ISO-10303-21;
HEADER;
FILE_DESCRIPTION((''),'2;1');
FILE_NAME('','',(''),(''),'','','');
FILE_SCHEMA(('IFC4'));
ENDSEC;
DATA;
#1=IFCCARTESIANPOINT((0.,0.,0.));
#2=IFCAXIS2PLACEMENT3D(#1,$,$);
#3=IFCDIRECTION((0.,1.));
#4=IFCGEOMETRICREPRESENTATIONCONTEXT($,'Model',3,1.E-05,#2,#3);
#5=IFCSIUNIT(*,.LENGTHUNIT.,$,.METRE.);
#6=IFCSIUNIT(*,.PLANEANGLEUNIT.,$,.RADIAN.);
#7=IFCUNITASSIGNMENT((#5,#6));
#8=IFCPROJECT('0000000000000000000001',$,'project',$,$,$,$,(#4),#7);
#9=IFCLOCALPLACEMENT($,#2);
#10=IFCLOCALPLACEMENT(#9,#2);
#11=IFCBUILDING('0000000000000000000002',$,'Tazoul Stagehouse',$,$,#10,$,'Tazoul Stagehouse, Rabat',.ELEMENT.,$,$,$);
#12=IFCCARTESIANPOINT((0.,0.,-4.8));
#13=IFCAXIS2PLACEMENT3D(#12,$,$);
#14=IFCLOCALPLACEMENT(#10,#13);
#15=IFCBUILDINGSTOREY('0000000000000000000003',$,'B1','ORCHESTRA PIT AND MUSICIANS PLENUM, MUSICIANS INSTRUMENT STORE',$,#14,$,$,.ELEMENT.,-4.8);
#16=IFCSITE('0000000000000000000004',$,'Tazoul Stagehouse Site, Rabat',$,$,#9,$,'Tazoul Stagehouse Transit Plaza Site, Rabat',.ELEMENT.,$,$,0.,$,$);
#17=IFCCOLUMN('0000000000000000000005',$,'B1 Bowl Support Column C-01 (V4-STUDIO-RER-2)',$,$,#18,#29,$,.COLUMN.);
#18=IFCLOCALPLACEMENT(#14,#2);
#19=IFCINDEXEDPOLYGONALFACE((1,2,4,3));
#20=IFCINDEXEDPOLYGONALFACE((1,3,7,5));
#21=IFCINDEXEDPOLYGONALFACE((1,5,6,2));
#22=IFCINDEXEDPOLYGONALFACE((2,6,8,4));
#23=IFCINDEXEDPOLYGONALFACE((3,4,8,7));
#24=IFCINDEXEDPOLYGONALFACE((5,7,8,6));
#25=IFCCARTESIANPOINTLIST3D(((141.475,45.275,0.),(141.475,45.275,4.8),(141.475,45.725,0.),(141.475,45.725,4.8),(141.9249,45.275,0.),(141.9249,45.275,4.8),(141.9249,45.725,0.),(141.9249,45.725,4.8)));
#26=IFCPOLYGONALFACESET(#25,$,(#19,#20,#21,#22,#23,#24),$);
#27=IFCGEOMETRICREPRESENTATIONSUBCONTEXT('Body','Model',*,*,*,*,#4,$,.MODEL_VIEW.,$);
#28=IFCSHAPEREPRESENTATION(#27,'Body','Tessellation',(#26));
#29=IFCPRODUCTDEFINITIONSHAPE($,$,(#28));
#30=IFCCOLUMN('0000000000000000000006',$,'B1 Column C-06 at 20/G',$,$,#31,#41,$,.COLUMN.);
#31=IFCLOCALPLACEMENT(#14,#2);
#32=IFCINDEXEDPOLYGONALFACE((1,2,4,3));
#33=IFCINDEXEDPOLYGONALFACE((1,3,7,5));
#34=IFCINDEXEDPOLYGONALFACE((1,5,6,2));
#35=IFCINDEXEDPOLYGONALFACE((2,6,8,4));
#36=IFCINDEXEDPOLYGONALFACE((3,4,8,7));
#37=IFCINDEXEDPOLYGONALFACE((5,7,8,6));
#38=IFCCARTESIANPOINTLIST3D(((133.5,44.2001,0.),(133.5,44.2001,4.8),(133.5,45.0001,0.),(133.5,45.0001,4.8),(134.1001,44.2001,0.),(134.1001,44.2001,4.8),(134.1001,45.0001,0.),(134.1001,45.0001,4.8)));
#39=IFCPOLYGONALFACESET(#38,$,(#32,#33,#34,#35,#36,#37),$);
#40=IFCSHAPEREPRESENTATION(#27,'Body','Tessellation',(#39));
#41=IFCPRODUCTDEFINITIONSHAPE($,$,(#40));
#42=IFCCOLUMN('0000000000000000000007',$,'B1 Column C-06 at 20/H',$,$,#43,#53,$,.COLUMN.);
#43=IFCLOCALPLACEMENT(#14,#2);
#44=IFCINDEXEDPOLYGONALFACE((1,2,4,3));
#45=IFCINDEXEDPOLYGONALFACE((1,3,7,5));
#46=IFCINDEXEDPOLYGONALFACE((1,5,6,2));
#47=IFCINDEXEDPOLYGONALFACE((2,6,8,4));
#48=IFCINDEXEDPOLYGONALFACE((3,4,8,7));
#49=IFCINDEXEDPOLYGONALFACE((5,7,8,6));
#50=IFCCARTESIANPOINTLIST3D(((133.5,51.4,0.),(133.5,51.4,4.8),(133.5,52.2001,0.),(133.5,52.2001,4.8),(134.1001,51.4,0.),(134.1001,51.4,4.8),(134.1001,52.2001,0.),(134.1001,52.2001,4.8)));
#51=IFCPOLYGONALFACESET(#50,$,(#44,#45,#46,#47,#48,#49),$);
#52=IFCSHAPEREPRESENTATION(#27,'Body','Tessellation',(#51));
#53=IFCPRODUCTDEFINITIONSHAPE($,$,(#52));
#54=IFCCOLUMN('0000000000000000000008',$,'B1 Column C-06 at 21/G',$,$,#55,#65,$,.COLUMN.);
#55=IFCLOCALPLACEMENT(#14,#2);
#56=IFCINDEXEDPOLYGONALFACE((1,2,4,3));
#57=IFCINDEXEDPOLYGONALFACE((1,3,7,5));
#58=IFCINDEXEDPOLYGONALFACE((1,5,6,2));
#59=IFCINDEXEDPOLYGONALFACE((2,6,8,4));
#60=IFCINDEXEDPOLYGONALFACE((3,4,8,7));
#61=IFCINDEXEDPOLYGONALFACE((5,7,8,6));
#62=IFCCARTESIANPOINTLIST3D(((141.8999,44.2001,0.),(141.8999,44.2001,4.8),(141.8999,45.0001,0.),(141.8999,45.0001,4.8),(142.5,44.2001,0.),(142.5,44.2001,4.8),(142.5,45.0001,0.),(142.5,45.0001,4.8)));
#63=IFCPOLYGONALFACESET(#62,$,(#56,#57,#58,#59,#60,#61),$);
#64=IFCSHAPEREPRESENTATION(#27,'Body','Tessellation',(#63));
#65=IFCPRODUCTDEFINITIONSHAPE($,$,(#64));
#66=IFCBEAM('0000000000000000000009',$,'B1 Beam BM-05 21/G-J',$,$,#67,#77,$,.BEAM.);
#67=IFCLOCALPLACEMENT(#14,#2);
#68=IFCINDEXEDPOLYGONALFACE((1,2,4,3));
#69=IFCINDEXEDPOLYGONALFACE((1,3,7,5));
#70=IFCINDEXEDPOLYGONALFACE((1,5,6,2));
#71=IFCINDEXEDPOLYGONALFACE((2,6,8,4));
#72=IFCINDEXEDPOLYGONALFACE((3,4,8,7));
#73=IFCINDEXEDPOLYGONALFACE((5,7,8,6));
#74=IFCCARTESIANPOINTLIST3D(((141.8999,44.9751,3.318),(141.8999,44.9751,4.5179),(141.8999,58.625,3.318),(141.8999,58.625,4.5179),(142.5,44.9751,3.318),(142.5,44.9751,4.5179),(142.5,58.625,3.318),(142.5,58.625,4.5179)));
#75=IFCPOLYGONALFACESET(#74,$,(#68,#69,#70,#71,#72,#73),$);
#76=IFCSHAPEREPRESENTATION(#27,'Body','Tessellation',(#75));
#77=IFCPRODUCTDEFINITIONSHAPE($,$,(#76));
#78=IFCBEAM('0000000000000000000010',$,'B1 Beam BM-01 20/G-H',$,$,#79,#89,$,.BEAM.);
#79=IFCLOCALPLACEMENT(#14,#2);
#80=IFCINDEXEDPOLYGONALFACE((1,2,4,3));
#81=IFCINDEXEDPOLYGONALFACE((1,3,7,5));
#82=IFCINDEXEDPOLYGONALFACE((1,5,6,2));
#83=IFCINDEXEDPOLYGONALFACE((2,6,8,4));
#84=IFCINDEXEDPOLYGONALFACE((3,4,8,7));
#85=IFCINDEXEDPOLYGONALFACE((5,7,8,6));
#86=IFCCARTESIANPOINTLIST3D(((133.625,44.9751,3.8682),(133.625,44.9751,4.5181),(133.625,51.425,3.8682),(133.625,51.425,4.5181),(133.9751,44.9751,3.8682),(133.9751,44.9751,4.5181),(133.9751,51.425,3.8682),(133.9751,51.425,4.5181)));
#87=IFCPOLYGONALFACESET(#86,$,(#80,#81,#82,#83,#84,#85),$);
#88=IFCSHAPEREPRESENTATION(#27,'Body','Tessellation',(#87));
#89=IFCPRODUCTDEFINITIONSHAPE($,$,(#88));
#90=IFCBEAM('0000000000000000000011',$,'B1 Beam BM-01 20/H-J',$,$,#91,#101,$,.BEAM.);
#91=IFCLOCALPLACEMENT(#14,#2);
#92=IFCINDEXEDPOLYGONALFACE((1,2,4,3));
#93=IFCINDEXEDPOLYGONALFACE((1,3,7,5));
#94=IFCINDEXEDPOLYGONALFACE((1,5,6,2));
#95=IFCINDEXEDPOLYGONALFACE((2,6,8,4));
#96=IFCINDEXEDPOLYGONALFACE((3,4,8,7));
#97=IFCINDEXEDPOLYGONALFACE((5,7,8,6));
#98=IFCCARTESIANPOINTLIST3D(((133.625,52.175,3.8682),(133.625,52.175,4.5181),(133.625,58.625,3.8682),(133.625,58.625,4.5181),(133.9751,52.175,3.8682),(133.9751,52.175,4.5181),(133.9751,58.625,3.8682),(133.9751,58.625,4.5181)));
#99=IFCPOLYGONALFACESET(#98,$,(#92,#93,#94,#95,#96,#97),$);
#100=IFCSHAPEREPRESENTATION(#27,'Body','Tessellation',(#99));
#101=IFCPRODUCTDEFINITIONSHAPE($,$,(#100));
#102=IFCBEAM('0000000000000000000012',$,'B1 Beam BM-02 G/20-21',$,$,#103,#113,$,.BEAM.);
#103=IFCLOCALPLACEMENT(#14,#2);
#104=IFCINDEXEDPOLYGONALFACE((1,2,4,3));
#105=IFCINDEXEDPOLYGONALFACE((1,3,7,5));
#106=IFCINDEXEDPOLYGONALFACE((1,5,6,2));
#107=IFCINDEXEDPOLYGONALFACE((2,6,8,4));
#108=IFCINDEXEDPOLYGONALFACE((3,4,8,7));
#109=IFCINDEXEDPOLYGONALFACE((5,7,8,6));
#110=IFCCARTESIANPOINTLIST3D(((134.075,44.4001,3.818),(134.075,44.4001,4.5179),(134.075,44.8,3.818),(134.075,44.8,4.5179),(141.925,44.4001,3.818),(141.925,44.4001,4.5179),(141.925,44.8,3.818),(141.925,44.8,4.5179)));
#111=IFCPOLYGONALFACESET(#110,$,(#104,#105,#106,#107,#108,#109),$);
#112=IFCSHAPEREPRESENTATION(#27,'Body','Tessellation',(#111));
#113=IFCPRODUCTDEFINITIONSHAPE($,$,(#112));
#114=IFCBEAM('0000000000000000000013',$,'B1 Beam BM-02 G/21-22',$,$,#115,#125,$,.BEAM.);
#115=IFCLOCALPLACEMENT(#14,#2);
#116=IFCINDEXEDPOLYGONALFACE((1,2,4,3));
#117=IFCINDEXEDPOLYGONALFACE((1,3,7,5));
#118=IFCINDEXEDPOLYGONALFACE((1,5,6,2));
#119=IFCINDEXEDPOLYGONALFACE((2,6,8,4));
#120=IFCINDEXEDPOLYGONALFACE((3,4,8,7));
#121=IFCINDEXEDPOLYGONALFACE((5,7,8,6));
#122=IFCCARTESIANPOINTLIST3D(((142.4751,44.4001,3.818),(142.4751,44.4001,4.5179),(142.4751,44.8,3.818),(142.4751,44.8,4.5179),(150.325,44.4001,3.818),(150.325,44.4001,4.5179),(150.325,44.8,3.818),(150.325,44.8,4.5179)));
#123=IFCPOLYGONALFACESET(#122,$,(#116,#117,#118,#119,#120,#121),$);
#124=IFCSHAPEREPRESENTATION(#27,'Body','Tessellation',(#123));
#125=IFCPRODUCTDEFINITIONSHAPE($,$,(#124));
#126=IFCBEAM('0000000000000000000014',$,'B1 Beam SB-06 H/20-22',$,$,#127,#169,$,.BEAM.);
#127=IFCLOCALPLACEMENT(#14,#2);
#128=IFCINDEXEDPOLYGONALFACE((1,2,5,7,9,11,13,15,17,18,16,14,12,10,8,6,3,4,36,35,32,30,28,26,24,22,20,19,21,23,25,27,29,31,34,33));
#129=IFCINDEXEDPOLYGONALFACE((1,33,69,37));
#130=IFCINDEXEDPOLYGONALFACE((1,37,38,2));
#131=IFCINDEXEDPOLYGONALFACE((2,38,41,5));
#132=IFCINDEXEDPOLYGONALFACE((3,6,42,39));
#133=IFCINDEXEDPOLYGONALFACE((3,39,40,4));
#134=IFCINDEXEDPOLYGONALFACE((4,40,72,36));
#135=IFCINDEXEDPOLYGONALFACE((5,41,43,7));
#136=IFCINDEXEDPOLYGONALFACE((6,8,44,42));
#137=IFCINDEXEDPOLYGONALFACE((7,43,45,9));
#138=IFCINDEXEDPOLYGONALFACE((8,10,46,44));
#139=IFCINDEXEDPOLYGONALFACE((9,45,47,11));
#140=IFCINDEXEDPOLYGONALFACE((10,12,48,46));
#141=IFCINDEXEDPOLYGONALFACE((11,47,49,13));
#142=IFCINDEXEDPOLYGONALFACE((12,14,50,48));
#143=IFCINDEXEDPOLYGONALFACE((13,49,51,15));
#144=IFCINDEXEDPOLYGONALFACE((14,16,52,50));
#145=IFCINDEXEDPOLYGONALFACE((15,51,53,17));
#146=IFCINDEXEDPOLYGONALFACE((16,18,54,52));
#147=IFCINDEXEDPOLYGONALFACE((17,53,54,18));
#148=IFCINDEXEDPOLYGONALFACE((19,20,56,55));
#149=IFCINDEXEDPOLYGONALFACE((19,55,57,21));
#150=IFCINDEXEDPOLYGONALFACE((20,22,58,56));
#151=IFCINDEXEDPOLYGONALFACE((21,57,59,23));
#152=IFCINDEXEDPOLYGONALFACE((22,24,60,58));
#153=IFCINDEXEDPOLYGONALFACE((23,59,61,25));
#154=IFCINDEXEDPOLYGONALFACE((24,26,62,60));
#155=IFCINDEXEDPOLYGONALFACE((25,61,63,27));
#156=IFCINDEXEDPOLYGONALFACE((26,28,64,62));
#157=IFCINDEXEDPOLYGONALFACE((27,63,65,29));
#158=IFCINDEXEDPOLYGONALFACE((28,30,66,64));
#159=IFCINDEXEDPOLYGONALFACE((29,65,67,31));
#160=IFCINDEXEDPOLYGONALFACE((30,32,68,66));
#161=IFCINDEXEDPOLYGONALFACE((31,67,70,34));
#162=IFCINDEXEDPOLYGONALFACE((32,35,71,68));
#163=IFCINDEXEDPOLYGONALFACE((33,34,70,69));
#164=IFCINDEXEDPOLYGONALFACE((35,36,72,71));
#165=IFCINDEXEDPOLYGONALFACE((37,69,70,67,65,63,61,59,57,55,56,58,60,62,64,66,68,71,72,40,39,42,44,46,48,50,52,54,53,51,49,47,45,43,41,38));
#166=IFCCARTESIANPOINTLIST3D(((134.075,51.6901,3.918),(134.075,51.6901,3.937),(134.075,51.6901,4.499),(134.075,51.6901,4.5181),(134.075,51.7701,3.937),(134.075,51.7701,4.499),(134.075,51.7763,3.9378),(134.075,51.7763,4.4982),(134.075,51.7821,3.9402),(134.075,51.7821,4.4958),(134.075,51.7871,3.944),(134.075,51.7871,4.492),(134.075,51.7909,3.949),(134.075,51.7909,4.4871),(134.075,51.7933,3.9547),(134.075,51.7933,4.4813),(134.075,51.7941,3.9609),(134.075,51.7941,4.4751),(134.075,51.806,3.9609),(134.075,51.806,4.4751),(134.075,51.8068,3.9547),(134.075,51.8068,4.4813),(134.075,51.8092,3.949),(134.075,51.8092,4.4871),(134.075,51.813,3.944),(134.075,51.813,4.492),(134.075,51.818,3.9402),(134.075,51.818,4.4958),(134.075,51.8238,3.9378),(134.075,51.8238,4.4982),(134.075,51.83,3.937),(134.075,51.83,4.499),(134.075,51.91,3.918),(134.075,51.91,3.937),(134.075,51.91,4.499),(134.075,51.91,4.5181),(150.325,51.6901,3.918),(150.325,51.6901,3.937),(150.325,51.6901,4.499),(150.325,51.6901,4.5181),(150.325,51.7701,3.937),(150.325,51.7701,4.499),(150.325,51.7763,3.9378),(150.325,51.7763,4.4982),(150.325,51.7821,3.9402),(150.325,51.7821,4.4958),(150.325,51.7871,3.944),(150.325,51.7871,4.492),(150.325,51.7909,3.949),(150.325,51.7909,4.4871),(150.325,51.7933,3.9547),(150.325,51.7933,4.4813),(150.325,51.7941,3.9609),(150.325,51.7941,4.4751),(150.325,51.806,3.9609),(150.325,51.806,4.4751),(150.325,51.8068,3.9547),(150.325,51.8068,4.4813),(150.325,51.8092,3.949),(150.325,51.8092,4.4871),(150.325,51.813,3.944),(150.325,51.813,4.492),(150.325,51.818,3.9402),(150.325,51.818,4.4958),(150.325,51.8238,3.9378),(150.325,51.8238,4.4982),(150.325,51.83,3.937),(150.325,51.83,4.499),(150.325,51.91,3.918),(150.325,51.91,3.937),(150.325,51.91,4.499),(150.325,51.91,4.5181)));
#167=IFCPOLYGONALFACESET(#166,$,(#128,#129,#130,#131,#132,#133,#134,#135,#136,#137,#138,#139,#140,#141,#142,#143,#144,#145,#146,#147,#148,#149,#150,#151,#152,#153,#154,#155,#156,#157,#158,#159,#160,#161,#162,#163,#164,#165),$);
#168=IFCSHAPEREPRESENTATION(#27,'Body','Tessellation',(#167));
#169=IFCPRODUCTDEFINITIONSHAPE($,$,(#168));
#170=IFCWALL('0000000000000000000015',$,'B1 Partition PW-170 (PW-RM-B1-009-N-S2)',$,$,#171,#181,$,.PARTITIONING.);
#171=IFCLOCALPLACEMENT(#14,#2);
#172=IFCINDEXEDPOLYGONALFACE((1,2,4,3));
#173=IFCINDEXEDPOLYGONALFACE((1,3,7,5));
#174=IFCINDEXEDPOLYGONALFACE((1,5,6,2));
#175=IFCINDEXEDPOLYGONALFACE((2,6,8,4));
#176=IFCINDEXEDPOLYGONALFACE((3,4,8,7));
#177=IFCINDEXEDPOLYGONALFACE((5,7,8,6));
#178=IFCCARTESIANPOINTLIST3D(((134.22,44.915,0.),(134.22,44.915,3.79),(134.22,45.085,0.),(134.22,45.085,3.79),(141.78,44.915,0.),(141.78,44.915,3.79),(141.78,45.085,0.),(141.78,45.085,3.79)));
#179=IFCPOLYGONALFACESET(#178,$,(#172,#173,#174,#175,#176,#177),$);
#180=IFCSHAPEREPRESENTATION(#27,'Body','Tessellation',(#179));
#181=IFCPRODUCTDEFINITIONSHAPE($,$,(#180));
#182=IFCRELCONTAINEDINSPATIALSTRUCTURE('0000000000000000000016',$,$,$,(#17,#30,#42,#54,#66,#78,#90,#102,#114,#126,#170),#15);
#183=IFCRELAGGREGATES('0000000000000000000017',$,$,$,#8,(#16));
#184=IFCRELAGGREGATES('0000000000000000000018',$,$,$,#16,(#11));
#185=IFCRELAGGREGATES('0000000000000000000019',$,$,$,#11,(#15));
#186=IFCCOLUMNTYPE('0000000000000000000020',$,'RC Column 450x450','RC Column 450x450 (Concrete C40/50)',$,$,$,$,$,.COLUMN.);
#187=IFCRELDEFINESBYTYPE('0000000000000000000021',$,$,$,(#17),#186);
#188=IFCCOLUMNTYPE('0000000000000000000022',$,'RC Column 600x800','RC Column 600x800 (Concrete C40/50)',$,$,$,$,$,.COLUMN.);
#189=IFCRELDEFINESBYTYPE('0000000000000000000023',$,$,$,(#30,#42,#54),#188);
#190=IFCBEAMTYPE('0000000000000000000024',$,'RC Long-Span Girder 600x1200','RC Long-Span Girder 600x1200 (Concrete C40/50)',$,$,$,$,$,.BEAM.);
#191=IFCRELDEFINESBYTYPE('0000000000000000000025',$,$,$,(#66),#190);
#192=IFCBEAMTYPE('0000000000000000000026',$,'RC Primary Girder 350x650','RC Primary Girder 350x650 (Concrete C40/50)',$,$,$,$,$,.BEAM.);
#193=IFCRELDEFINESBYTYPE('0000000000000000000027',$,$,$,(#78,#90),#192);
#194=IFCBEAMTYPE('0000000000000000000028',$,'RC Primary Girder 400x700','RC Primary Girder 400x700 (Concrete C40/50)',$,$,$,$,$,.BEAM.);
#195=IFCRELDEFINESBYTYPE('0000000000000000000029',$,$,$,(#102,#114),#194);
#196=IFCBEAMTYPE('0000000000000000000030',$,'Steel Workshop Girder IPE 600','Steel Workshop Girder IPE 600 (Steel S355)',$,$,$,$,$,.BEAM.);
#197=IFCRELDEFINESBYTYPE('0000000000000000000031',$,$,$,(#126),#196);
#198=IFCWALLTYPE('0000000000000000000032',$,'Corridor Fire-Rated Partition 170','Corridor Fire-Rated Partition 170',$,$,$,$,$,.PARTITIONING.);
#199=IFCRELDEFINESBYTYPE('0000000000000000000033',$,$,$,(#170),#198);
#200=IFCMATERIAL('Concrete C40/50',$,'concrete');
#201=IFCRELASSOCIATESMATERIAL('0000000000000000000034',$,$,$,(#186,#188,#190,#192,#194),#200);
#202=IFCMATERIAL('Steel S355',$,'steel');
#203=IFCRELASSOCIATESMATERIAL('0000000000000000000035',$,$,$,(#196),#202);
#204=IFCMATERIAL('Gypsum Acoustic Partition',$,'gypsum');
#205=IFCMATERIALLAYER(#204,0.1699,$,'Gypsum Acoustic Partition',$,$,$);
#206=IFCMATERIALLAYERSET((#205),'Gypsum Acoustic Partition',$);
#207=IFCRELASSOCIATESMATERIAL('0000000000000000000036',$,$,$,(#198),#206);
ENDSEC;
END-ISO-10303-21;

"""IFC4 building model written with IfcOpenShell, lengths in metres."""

from ifc_helpers import new_model, si_unit, direction, frame, frame_2d, origin, origin_2d, place, context, subcontext, project, spatial, rectangle, i_section, extrude, material, layer, layer_set, material_profile, profile_set, type_object, element, save


model = new_model("IFC4")

# Units and contexts
model_context = context("Model", 3, precision=1e-05, world=origin(), true_north=direction((0.0, 1.0)))
body_context = subcontext(model_context, "Body", "Model", "MODEL_VIEW")
ifc_project = project(units=[si_unit("LENGTHUNIT", "METRE"), si_unit("PLANEANGLEUNIT", "RADIAN")], contexts=[model_context])

# Site, building, storey
site_placement = place(None, origin())
site = spatial("IfcSite", under=ifc_project, at=site_placement, Name="Tazoul Stagehouse Site, Rabat", LongName="Tazoul Stagehouse Transit Plaza Site, Rabat", CompositionType="ELEMENT", RefElevation=0.0)
building_placement = place(site_placement, origin())
building = spatial("IfcBuilding", under=site, at=building_placement, Name="Tazoul Stagehouse", LongName="Tazoul Stagehouse, Rabat", CompositionType="ELEMENT")
storey_placement = place(building_placement, frame((0.0, 0.0, -4.8)))
storey = spatial("IfcBuildingStorey", under=building, at=storey_placement, Name="B1", Description="ORCHESTRA PIT AND MUSICIANS PLENUM, MUSICIANS INSTRUMENT STORE", CompositionType="ELEMENT", Elevation=-4.8)

# Columns
ifc_material_1 = material(Name="Concrete C40/50", Category="concrete")
ifc_material_profile_1 = material_profile(ifc_material_1, rectangle(XDim=0.45, YDim=0.45, at=origin_2d()), Name="RC 450x450")
ifc_profile_set_1 = profile_set([ifc_material_profile_1], Name="Concrete C40/50")
column_type_1 = type_object("IfcColumnType", Name="RC Column 450x450", Description="RC Column 450x450 (Concrete C40/50)", PredefinedType="COLUMN", material=ifc_profile_set_1)
for number, where, z_axis, x_axis, name in (
    (1, (141.7, 45.5, 0.0), (0.0, 0.0, 1.0), (1.0, 0.0, 0.0), "B1 Bowl Support Column C-01 (V4-STUDIO-RER-2)"),
):
    element("IfcColumn", number, at=place(storey_placement, frame(where, z_axis=z_axis, x_axis=x_axis)), inside=storey, type_object=column_type_1, Name=name, PredefinedType="COLUMN", context=body_context, shape_type="SweptSolid", body=[
        extrude(rectangle(XDim=0.45, YDim=0.45, at=origin_2d()), origin(), (0.0, 0.0, 1.0), 4.8),
    ])
ifc_material_profile_2 = material_profile(ifc_material_1, rectangle(XDim=0.6001, YDim=0.8, at=origin_2d()), Name="RC 600x800")
ifc_profile_set_2 = profile_set([ifc_material_profile_2], Name="Concrete C40/50")
column_type_2 = type_object("IfcColumnType", Name="RC Column 600x800", Description="RC Column 600x800 (Concrete C40/50)", PredefinedType="COLUMN", material=ifc_profile_set_2)
for number, where, z_axis, x_axis, name in (
    (2, (133.8, 44.6001, 0.0), (0.0, 0.0, 1.0), (1.0, 0.0, 0.0), "B1 Column C-06 at 20/G"),
    (3, (133.8, 51.8, 0.0), (0.0, 0.0, 1.0), (1.0, 0.0, 0.0), "B1 Column C-06 at 20/H"),
    (4, (142.2, 44.6001, 0.0), (0.0, 0.0, 1.0), (1.0, 0.0, 0.0), "B1 Column C-06 at 21/G"),
):
    element("IfcColumn", number, at=place(storey_placement, frame(where, z_axis=z_axis, x_axis=x_axis)), inside=storey, type_object=column_type_2, Name=name, PredefinedType="COLUMN", context=body_context, shape_type="SweptSolid", body=[
        extrude(rectangle(XDim=0.6001, YDim=0.8, at=origin_2d()), origin(), (0.0, 0.0, 1.0), 4.8),
    ])

# Beams
ifc_material_profile_3 = material_profile(ifc_material_1, rectangle(XDim=0.6001, YDim=1.2, at=origin_2d()), Name="RC 600x1200")
ifc_profile_set_3 = profile_set([ifc_material_profile_3], Name="Concrete C40/50")
beam_type_1 = type_object("IfcBeamType", Name="RC Long-Span Girder 600x1200", Description="RC Long-Span Girder 600x1200 (Concrete C40/50)", PredefinedType="BEAM", material=ifc_profile_set_3)
beam_1_placement = place(storey_placement, frame((142.2, 44.9751, 3.918), z_axis=(0.0, 1.0, 0.0), x_axis=(-1.0, 0.0, 0.0)))
element("IfcBeam", 5, at=beam_1_placement, inside=storey, type_object=beam_type_1, Name="B1 Beam BM-05 21/G-J", PredefinedType="BEAM", context=body_context, shape_type="SweptSolid", body=[
    extrude(rectangle(XDim=0.6001, YDim=1.2, at=origin_2d()), origin(), (0.0, 0.0, 1.0), 13.6499),
])
ifc_material_profile_4 = material_profile(ifc_material_1, rectangle(XDim=0.3501, YDim=0.6499, at=origin_2d()), Name="RC 350x650")
ifc_profile_set_4 = profile_set([ifc_material_profile_4], Name="Concrete C40/50")
beam_type_2 = type_object("IfcBeamType", Name="RC Primary Girder 350x650", Description="RC Primary Girder 350x650 (Concrete C40/50)", PredefinedType="BEAM", material=ifc_profile_set_4)
for number, where, z_axis, x_axis, name in (
    (6, (133.8, 44.9751, 4.1931), (0.0, 1.0, 0.0), (-1.0, 0.0, 0.0), "B1 Beam BM-01 20/G-H"),
    (7, (133.8, 52.175, 4.1931), (0.0, 1.0, 0.0), (-1.0, 0.0, 0.0), "B1 Beam BM-01 20/H-J"),
):
    element("IfcBeam", number, at=place(storey_placement, frame(where, z_axis=z_axis, x_axis=x_axis)), inside=storey, type_object=beam_type_2, Name=name, PredefinedType="BEAM", context=body_context, shape_type="SweptSolid", body=[
        extrude(rectangle(XDim=0.3501, YDim=0.6499, at=origin_2d()), origin(), (0.0, 0.0, 1.0), 6.45),
    ])
ifc_material_profile_5 = material_profile(ifc_material_1, rectangle(XDim=0.3999, YDim=0.7, at=origin_2d()), Name="RC 400x700")
ifc_profile_set_5 = profile_set([ifc_material_profile_5], Name="Concrete C40/50")
beam_type_3 = type_object("IfcBeamType", Name="RC Primary Girder 400x700", Description="RC Primary Girder 400x700 (Concrete C40/50)", PredefinedType="BEAM", material=ifc_profile_set_5)
beam_2_placement = place(storey_placement, frame((134.075, 44.6001, 4.168), z_axis=(1.0, 0.0, 0.0), x_axis=(0.0, 1.0, 0.0)))
element("IfcBeam", 8, at=beam_2_placement, inside=storey, type_object=beam_type_3, Name="B1 Beam BM-02 G/20-21", PredefinedType="BEAM", context=body_context, shape_type="SweptSolid", body=[
    extrude(rectangle(XDim=0.3999, YDim=0.7, at=origin_2d()), origin(), (0.0, 0.0, 1.0), 7.8501),
])
beam_3_placement = place(storey_placement, frame((142.4751, 44.6001, 4.168), z_axis=(1.0, 0.0, 0.0), x_axis=(0.0, 1.0, 0.0)))
element("IfcBeam", 9, at=beam_3_placement, inside=storey, type_object=beam_type_3, Name="B1 Beam BM-02 G/21-22", PredefinedType="BEAM", context=body_context, shape_type="SweptSolid", body=[
    extrude(rectangle(XDim=0.3999, YDim=0.7, at=origin_2d()), origin(), (0.0, 0.0, 1.0), 7.8499),
])
ifc_material_2 = material(Name="Steel S355", Category="steel")
ifc_material_profile_6 = material_profile(ifc_material_2, i_section(OverallWidth=0.22, OverallDepth=0.6001, WebThickness=0.012, FlangeThickness=0.019, FilletRadius=0.0239, at=origin_2d()), Name="IPE 600")
ifc_profile_set_6 = profile_set([ifc_material_profile_6], Name="Steel S355")
beam_type_4 = type_object("IfcBeamType", Name="Steel Workshop Girder IPE 600", Description="Steel Workshop Girder IPE 600 (Steel S355)", PredefinedType="BEAM", material=ifc_profile_set_6)
beam_4_placement = place(storey_placement, frame((134.075, 51.8, 4.218), z_axis=(1.0, 0.0, 0.0), x_axis=(0.0, 1.0, 0.0)))
element("IfcBeam", 10, at=beam_4_placement, inside=storey, type_object=beam_type_4, Name="B1 Beam SB-06 H/20-22", PredefinedType="BEAM", context=body_context, shape_type="SweptSolid", body=[
    extrude(i_section(OverallWidth=0.22, OverallDepth=0.6001, WebThickness=0.012, FlangeThickness=0.019, FilletRadius=0.0239, at=origin_2d()), origin(), (0.0, 0.0, 1.0), 16.25),
])

# Wall
ifc_material_3 = material(Name="Gypsum Acoustic Partition", Category="gypsum")
ifc_layer = layer(ifc_material_3, 0.1699, Name="Gypsum Acoustic Partition")
ifc_layer_set = layer_set([ifc_layer], Name="Gypsum Acoustic Partition")
wall_type = type_object("IfcWallType", Name="Corridor Fire-Rated Partition 170", Description="Corridor Fire-Rated Partition 170", PredefinedType="PARTITIONING", material=ifc_layer_set)
wall_1_placement = place(storey_placement, frame((134.22, 45.0, 0.0), z_axis=(0.0, 0.0, 1.0), x_axis=(1.0, 0.0, 0.0)))
element("IfcWall", 11, at=wall_1_placement, inside=storey, type_object=wall_type, Name="B1 Partition PW-170 (PW-RM-B1-009-N-S2)", PredefinedType="PARTITIONING", context=body_context, shape_type="SweptSolid", body=[
    extrude(rectangle(XDim=7.5601, YDim=0.1699, at=frame_2d((3.78, 0.0))), origin(), (0.0, 0.0, 1.0), 3.79),
])

save(model, "model.ifc")
